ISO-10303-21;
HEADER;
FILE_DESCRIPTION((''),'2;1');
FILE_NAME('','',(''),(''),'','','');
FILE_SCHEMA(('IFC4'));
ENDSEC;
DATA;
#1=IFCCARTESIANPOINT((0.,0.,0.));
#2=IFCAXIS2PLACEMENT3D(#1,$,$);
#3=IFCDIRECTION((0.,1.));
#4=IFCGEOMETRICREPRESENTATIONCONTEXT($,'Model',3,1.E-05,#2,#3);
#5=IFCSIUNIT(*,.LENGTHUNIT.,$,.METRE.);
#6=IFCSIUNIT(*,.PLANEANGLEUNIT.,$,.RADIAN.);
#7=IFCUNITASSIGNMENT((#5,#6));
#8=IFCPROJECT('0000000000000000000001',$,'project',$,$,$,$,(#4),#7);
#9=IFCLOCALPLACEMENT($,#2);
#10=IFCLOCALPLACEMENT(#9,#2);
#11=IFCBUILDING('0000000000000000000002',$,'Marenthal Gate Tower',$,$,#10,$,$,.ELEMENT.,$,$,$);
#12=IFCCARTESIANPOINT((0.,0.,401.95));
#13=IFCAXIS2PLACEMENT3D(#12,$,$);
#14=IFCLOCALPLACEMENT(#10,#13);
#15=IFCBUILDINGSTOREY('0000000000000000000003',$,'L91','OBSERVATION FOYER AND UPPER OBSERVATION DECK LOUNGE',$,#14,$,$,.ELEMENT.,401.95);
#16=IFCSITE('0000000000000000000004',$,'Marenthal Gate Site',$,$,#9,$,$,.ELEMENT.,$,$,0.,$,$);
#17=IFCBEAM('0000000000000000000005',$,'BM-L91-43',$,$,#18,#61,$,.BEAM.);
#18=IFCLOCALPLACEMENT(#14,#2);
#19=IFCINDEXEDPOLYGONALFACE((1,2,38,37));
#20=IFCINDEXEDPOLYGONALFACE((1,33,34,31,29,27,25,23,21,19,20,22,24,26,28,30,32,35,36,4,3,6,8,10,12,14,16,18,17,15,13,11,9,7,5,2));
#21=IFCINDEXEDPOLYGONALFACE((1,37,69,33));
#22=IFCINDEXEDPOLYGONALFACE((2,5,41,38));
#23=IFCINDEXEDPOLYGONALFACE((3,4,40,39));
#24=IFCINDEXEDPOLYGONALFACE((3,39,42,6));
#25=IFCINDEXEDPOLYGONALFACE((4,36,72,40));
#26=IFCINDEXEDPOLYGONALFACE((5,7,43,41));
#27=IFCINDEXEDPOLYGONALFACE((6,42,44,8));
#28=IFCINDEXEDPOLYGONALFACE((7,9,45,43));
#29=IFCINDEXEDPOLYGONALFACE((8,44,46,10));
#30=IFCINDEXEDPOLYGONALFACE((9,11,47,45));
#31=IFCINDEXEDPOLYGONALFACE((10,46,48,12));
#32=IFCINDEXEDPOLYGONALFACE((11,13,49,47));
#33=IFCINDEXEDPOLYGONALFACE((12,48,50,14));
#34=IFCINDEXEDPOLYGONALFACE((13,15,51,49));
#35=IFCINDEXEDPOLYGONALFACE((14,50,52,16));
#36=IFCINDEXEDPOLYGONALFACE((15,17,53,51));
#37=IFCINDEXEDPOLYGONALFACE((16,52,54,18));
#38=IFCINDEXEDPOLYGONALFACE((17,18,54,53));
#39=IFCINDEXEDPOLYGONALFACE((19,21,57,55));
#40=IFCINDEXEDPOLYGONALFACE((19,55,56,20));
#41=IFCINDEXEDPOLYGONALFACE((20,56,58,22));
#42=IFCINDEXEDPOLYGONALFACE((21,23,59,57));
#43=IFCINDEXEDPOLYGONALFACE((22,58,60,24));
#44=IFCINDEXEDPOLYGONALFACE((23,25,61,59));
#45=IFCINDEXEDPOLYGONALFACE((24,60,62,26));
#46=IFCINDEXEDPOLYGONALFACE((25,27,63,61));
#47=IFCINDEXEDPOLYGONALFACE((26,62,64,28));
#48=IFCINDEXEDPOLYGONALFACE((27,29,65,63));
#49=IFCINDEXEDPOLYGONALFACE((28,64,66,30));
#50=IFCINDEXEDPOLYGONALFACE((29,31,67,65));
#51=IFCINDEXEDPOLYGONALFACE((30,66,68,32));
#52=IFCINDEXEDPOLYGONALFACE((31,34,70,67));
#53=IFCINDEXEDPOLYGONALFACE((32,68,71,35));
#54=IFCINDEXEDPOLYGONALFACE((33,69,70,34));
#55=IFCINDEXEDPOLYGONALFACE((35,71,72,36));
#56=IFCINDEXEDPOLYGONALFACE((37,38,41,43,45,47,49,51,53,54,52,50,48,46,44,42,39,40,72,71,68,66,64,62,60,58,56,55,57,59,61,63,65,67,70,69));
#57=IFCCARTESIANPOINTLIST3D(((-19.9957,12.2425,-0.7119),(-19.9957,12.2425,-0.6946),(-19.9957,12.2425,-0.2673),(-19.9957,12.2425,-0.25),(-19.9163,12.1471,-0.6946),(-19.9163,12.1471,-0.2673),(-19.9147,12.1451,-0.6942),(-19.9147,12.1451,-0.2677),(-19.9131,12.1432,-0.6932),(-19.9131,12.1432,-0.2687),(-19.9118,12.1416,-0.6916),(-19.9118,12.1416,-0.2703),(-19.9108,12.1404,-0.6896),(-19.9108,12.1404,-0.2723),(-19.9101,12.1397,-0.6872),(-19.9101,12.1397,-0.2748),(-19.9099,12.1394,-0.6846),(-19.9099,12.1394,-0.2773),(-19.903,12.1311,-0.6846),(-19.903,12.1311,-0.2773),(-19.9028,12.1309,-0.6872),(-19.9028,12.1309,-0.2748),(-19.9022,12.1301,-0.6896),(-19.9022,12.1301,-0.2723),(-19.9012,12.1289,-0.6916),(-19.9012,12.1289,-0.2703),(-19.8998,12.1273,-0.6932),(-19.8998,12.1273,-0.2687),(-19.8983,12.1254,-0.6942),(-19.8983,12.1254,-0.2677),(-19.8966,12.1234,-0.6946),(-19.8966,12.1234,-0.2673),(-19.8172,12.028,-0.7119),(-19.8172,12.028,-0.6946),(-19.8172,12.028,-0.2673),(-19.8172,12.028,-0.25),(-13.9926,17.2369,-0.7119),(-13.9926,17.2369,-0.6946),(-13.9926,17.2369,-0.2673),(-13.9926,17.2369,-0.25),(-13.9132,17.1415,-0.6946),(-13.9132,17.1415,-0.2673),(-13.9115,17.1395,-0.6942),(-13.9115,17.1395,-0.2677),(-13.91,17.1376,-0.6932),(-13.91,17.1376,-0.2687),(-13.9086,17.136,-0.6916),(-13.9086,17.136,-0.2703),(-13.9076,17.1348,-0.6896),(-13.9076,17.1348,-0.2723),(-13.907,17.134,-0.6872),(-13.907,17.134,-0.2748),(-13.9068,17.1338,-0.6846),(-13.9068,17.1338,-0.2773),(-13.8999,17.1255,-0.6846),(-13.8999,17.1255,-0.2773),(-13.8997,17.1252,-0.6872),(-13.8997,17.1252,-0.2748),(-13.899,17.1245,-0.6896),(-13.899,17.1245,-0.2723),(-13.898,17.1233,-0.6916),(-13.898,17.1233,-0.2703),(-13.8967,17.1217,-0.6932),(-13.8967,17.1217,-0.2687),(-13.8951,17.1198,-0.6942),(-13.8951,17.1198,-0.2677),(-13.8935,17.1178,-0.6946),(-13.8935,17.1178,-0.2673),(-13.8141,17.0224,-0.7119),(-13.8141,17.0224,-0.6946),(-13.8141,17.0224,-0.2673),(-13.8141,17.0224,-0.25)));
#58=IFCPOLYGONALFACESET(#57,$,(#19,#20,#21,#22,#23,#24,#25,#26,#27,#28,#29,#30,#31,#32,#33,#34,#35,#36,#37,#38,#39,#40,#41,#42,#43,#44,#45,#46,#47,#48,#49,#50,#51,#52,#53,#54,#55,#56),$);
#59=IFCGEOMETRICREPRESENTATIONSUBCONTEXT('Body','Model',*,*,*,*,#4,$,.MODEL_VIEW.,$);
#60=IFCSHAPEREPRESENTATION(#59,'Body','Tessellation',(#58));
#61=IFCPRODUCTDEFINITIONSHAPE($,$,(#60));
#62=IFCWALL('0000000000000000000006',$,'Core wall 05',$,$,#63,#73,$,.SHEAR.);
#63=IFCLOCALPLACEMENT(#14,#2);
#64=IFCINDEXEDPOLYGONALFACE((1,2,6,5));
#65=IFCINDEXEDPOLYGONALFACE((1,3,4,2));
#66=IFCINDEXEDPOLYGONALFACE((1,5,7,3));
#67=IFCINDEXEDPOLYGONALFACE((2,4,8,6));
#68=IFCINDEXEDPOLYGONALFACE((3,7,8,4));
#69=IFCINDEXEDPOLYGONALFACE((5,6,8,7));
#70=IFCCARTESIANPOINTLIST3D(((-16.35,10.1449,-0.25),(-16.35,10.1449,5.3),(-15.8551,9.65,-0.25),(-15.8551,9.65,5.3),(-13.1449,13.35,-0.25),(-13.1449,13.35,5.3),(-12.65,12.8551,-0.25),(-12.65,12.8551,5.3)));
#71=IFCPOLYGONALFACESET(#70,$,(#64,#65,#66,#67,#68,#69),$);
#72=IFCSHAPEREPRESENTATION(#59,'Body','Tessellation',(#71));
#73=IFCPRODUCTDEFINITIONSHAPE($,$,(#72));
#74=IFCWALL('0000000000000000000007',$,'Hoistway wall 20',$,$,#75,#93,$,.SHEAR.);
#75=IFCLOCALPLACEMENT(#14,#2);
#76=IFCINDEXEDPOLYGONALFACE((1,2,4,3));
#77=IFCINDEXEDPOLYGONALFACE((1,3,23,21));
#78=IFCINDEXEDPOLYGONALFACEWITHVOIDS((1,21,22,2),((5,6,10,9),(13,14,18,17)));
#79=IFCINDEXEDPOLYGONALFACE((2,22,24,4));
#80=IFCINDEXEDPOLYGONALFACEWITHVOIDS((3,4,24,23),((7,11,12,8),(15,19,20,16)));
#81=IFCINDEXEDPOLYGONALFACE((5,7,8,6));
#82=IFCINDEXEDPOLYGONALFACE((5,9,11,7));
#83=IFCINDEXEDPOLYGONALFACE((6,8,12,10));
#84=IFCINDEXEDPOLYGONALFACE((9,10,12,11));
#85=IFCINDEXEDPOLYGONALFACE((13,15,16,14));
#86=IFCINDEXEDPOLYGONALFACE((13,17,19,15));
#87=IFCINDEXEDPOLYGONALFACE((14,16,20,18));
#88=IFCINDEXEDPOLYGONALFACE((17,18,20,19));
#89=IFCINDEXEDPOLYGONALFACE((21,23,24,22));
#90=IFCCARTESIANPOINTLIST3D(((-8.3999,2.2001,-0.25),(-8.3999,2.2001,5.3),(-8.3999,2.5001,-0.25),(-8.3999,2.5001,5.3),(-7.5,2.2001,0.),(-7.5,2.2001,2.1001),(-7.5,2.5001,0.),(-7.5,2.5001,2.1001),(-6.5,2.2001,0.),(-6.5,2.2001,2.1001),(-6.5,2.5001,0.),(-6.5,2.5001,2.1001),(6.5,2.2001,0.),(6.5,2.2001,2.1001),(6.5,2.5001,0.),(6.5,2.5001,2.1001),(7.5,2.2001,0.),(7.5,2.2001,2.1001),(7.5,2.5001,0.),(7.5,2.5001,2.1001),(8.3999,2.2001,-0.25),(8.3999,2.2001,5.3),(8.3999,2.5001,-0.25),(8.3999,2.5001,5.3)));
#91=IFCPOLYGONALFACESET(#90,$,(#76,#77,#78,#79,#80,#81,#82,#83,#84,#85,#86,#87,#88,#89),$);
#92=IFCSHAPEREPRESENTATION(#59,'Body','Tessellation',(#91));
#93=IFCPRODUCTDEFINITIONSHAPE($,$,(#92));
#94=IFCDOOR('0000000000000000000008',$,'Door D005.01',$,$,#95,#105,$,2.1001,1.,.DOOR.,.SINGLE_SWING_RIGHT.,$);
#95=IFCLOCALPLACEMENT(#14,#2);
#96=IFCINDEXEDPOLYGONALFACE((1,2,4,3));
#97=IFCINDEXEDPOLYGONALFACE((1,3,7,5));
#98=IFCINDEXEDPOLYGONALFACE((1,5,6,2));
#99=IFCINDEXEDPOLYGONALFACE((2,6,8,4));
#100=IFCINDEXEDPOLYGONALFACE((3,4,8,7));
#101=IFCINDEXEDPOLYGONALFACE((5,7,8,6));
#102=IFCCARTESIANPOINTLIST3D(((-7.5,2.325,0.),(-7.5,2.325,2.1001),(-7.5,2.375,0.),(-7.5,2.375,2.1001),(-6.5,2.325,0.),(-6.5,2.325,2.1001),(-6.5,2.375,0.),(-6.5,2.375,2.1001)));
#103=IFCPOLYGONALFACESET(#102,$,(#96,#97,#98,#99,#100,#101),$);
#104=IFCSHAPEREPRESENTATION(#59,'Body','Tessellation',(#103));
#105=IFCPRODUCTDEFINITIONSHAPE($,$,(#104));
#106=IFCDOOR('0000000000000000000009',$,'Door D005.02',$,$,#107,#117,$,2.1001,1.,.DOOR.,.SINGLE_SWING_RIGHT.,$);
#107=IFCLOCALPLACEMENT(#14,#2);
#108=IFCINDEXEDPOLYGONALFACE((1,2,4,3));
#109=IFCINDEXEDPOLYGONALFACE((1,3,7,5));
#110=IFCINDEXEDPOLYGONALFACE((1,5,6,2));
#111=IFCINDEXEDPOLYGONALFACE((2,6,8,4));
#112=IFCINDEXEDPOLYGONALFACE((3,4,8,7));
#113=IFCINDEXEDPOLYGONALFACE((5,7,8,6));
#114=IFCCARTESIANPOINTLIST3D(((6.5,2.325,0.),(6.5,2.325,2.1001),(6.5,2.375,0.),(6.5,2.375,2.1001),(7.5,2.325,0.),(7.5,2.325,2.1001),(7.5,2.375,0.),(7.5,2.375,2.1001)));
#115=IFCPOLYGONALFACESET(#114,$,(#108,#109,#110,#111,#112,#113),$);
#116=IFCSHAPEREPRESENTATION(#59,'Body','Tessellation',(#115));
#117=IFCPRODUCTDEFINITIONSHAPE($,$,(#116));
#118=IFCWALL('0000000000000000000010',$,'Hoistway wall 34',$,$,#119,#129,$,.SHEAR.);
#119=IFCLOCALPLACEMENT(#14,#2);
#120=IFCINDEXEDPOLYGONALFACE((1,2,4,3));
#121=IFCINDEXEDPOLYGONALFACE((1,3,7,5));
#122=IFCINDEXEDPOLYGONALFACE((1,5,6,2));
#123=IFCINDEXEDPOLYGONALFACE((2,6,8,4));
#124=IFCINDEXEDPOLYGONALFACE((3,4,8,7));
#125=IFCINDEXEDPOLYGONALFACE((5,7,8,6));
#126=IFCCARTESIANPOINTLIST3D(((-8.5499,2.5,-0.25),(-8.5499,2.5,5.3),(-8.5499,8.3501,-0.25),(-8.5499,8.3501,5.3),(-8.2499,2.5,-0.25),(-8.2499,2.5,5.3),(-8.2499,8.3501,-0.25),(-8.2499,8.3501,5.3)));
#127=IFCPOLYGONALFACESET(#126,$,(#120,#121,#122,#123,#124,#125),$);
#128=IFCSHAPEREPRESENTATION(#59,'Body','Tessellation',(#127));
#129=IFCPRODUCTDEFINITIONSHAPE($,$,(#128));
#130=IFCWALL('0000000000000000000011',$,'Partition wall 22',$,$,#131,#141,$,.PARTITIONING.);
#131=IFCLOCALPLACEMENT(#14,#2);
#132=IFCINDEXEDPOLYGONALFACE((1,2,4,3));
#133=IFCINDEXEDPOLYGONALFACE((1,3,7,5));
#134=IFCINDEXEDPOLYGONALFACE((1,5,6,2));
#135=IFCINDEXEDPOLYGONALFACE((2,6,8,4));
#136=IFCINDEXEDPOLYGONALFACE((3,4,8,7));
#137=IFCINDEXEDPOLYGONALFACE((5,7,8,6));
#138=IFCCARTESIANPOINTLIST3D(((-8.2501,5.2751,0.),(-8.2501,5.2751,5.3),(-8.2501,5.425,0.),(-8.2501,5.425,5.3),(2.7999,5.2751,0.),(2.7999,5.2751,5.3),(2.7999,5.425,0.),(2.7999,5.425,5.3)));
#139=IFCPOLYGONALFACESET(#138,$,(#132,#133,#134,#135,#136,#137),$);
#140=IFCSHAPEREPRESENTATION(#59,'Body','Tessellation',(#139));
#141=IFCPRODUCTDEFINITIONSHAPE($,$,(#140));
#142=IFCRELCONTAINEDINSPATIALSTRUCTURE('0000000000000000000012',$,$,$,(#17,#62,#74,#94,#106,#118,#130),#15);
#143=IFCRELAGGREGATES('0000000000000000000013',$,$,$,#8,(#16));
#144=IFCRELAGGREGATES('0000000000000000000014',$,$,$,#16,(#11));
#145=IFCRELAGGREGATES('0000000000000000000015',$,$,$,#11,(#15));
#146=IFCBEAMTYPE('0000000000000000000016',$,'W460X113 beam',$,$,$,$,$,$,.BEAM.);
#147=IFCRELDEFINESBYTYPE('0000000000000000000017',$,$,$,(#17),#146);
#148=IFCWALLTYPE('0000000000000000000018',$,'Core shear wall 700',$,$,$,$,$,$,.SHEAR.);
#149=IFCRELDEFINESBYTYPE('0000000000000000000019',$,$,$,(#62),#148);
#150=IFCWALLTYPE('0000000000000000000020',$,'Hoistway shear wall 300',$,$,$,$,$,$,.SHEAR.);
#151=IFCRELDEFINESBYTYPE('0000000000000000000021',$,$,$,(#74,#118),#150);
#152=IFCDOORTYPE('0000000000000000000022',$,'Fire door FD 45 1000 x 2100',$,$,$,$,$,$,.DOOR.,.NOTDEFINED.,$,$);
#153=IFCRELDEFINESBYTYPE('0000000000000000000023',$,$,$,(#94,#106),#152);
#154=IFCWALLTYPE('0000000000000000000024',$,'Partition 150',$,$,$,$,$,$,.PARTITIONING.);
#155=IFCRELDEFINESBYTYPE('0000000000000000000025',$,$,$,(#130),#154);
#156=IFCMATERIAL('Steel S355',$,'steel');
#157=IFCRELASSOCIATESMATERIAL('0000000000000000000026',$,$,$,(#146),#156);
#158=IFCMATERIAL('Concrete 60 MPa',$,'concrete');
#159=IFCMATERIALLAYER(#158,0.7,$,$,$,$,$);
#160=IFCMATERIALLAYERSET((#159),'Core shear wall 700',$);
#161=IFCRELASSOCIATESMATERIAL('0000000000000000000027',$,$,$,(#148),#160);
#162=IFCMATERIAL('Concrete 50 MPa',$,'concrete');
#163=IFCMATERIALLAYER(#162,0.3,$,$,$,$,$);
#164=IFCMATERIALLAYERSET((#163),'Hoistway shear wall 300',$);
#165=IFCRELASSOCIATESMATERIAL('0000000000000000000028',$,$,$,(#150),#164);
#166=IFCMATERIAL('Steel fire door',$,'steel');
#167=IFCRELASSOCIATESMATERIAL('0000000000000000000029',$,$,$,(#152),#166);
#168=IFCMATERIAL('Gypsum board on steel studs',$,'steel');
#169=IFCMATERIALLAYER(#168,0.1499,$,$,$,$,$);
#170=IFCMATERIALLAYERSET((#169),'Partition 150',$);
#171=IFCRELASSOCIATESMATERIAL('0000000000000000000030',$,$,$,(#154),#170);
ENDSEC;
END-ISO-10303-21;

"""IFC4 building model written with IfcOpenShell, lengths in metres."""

from ifc_helpers import new_model, si_unit, direction, frame, frame_2d, origin, origin_2d, place, context, subcontext, project, spatial, rectangle, i_section, extrude, material, layer, layer_set, material_profile, profile_set, type_object, element, fill, save


model = new_model("IFC4")

# Units and contexts
model_context = context("Model", 3, precision=1e-05, world=origin(), true_north=direction((0.0, 1.0)))
body_context = subcontext(model_context, "Body", "Model", "MODEL_VIEW")
ifc_project = project(units=[si_unit("LENGTHUNIT", "METRE"), si_unit("PLANEANGLEUNIT", "RADIAN")], contexts=[model_context])

# Site, building, storey
site_placement = place(None, origin())
site = spatial("IfcSite", under=ifc_project, at=site_placement, Name="Marenthal Gate Site", CompositionType="ELEMENT", RefElevation=0.0)
building_placement = place(site_placement, origin())
building = spatial("IfcBuilding", under=site, at=building_placement, Name="Marenthal Gate Tower", CompositionType="ELEMENT")
storey_placement = place(building_placement, frame((0.0, 0.0, 401.95)))
storey = spatial("IfcBuildingStorey", under=building, at=storey_placement, Name="L91", Description="OBSERVATION FOYER AND UPPER OBSERVATION DECK LOUNGE", CompositionType="ELEMENT", Elevation=401.95)

# Beam
ifc_material_1 = material(Name="Steel S355", Category="steel")
ifc_material_profile_1 = material_profile(ifc_material_1, i_section(OverallWidth=0.2791, OverallDepth=0.4619, WebThickness=0.0107, FlangeThickness=0.0173, FilletRadius=0.01, at=origin_2d()), Name="W460X113")
ifc_profile_set_1 = profile_set([ifc_material_profile_1], Name="Steel S355")
beam_type_1 = type_object("IfcBeamType", Name="W460X113 beam", PredefinedType="BEAM", material=ifc_profile_set_1)
beam_1_placement = place(storey_placement, frame((-13.9033, 17.1296, -0.481), z_axis=(-0.768741, -0.63956, 0.0), x_axis=(0.63956, -0.768741, 0.0)))
element("IfcBeam", 1, at=beam_1_placement, inside=storey, type_object=beam_type_1, Name="BM-L91-43", PredefinedType="BEAM", context=body_context, shape_type="SweptSolid", body=[
    extrude(i_section(OverallWidth=0.2791, OverallDepth=0.4619, WebThickness=0.0107, FlangeThickness=0.0173, FilletRadius=0.01, at=origin_2d()), origin(), (0.0, 0.0, 1.0), 7.8091),
])

# Wall
ifc_material_2 = material(Name="Concrete 60 MPa", Category="concrete")
ifc_layer_1 = layer(ifc_material_2, 0.7)
ifc_layer_set_1 = layer_set([ifc_layer_1], Name="Core shear wall 700")
wall_type_1 = type_object("IfcWallType", Name="Core shear wall 700", PredefinedType="SHEAR", material=ifc_layer_set_1)
wall_1_placement = place(storey_placement, frame((-12.8975, 13.1025, -0.25), z_axis=(0.0, 0.0, 1.0), x_axis=(-0.707107, -0.707107, 0.0)))
element("IfcWall", 2, at=wall_1_placement, inside=storey, type_object=wall_type_1, Name="Core wall 05", PredefinedType="SHEAR", context=body_context, shape_type="SweptSolid", body=[
    extrude(rectangle(XDim=4.5327, YDim=0.7, at=frame_2d((2.2664, 0.0))), origin(), (0.0, 0.0, 1.0), 5.55),
])

# Wall, openings, doors
ifc_material_3 = material(Name="Concrete 50 MPa", Category="concrete")
ifc_layer_2 = layer(ifc_material_3, 0.3)
ifc_layer_set_2 = layer_set([ifc_layer_2], Name="Hoistway shear wall 300")
wall_type_2 = type_object("IfcWallType", Name="Hoistway shear wall 300", PredefinedType="SHEAR", material=ifc_layer_set_2)
wall_2_placement = place(storey_placement, frame((-8.3999, 2.3501, -0.25), z_axis=(0.0, 0.0, 1.0), x_axis=(1.0, 0.0, 0.0)))
wall_2 = element("IfcWall", 3, at=wall_2_placement, inside=storey, type_object=wall_type_2, Name="Hoistway wall 20", PredefinedType="SHEAR", context=body_context, shape_type="SweptSolid", body=[
    extrude(rectangle(XDim=16.7998, YDim=0.3, at=frame_2d((8.3999, 0.0))), origin(), (0.0, 0.0, 1.0), 5.55),
])
opening_1_placement = place(wall_2_placement, frame((0.8999, 0.0, 0.25)))
opening_1 = element("IfcOpeningElement", 4, at=opening_1_placement, cuts=wall_2, PredefinedType="OPENING", context=body_context, shape_type="SweptSolid", body=[
    extrude(rectangle(XDim=1.0, YDim=2.1001, at=frame_2d((0.5, 1.05))), frame((0.0, 0.1602, 0.0), z_axis=(0.0, -1.0, 0.0), x_axis=(1.0, 0.0, 0.0)), (0.0, 0.0, 1.0), 0.3201),
])
opening_2_placement = place(wall_2_placement, frame((14.8999, 0.0, 0.25)))
opening_2 = element("IfcOpeningElement", 5, at=opening_2_placement, cuts=wall_2, PredefinedType="OPENING", context=body_context, shape_type="SweptSolid", body=[
    extrude(rectangle(XDim=1.0, YDim=2.1001, at=frame_2d((0.5, 1.05))), frame((0.0, 0.1602, 0.0), z_axis=(0.0, -1.0, 0.0), x_axis=(1.0, 0.0, 0.0)), (0.0, 0.0, 1.0), 0.3201),
])
ifc_material_4 = material(Name="Steel fire door", Category="steel")
door_type_1 = type_object("IfcDoorType", Name="Fire door FD 45 1000 x 2100", OperationType="NOTDEFINED", PredefinedType="DOOR", material=ifc_material_4)
door_1_placement = place(opening_1_placement, origin())
door_1 = element("IfcDoor", 6, at=door_1_placement, inside=storey, type_object=door_type_1, Name="Door D005.01", OperationType="SINGLE_SWING_RIGHT", OverallHeight=2.1001, OverallWidth=1.0, PredefinedType="DOOR", context=body_context, shape_type="SweptSolid", body=[
    extrude(rectangle(XDim=1.0, YDim=2.1001, at=frame_2d((0.5, 1.05))), frame((0.0, 0.0249, 0.0), z_axis=(0.0, -1.0, 0.0), x_axis=(1.0, 0.0, 0.0)), (0.0, 0.0, 1.0), 0.05),
])
fill(opening_1, door_1)
door_2_placement = place(opening_2_placement, origin())
door_2 = element("IfcDoor", 7, at=door_2_placement, inside=storey, type_object=door_type_1, Name="Door D005.02", OperationType="SINGLE_SWING_RIGHT", OverallHeight=2.1001, OverallWidth=1.0, PredefinedType="DOOR", context=body_context, shape_type="SweptSolid", body=[
    extrude(rectangle(XDim=1.0, YDim=2.1001, at=frame_2d((0.5, 1.05))), frame((0.0, 0.0249, 0.0), z_axis=(0.0, -1.0, 0.0), x_axis=(1.0, 0.0, 0.0)), (0.0, 0.0, 1.0), 0.05),
])
fill(opening_2, door_2)

# Walls
wall_3_placement = place(storey_placement, frame((-8.3999, 2.5, -0.25), z_axis=(0.0, 0.0, 1.0), x_axis=(0.0, 1.0, 0.0)))
element("IfcWall", 8, at=wall_3_placement, inside=storey, type_object=wall_type_2, Name="Hoistway wall 34", PredefinedType="SHEAR", context=body_context, shape_type="SweptSolid", body=[
    extrude(rectangle(XDim=5.8501, YDim=0.3, at=frame_2d((2.925, 0.0))), origin(), (0.0, 0.0, 1.0), 5.55),
])
ifc_material_5 = material(Name="Gypsum board on steel studs", Category="steel")
ifc_layer_3 = layer(ifc_material_5, 0.1499)
ifc_layer_set_3 = layer_set([ifc_layer_3], Name="Partition 150")
wall_type_3 = type_object("IfcWallType", Name="Partition 150", PredefinedType="PARTITIONING", material=ifc_layer_set_3)
wall_4_placement = place(storey_placement, frame((-8.25, 5.3501, 0.0), z_axis=(0.0, 0.0, 1.0), x_axis=(1.0, 0.0, 0.0)))
element("IfcWall", 9, at=wall_4_placement, inside=storey, type_object=wall_type_3, Name="Partition wall 22", PredefinedType="PARTITIONING", context=body_context, shape_type="SweptSolid", body=[
    extrude(rectangle(XDim=11.05, YDim=0.1499, at=frame_2d((5.5249, 0.0))), origin(), (0.0, 0.0, 1.0), 5.3),
])

save(model, "model.ifc")
